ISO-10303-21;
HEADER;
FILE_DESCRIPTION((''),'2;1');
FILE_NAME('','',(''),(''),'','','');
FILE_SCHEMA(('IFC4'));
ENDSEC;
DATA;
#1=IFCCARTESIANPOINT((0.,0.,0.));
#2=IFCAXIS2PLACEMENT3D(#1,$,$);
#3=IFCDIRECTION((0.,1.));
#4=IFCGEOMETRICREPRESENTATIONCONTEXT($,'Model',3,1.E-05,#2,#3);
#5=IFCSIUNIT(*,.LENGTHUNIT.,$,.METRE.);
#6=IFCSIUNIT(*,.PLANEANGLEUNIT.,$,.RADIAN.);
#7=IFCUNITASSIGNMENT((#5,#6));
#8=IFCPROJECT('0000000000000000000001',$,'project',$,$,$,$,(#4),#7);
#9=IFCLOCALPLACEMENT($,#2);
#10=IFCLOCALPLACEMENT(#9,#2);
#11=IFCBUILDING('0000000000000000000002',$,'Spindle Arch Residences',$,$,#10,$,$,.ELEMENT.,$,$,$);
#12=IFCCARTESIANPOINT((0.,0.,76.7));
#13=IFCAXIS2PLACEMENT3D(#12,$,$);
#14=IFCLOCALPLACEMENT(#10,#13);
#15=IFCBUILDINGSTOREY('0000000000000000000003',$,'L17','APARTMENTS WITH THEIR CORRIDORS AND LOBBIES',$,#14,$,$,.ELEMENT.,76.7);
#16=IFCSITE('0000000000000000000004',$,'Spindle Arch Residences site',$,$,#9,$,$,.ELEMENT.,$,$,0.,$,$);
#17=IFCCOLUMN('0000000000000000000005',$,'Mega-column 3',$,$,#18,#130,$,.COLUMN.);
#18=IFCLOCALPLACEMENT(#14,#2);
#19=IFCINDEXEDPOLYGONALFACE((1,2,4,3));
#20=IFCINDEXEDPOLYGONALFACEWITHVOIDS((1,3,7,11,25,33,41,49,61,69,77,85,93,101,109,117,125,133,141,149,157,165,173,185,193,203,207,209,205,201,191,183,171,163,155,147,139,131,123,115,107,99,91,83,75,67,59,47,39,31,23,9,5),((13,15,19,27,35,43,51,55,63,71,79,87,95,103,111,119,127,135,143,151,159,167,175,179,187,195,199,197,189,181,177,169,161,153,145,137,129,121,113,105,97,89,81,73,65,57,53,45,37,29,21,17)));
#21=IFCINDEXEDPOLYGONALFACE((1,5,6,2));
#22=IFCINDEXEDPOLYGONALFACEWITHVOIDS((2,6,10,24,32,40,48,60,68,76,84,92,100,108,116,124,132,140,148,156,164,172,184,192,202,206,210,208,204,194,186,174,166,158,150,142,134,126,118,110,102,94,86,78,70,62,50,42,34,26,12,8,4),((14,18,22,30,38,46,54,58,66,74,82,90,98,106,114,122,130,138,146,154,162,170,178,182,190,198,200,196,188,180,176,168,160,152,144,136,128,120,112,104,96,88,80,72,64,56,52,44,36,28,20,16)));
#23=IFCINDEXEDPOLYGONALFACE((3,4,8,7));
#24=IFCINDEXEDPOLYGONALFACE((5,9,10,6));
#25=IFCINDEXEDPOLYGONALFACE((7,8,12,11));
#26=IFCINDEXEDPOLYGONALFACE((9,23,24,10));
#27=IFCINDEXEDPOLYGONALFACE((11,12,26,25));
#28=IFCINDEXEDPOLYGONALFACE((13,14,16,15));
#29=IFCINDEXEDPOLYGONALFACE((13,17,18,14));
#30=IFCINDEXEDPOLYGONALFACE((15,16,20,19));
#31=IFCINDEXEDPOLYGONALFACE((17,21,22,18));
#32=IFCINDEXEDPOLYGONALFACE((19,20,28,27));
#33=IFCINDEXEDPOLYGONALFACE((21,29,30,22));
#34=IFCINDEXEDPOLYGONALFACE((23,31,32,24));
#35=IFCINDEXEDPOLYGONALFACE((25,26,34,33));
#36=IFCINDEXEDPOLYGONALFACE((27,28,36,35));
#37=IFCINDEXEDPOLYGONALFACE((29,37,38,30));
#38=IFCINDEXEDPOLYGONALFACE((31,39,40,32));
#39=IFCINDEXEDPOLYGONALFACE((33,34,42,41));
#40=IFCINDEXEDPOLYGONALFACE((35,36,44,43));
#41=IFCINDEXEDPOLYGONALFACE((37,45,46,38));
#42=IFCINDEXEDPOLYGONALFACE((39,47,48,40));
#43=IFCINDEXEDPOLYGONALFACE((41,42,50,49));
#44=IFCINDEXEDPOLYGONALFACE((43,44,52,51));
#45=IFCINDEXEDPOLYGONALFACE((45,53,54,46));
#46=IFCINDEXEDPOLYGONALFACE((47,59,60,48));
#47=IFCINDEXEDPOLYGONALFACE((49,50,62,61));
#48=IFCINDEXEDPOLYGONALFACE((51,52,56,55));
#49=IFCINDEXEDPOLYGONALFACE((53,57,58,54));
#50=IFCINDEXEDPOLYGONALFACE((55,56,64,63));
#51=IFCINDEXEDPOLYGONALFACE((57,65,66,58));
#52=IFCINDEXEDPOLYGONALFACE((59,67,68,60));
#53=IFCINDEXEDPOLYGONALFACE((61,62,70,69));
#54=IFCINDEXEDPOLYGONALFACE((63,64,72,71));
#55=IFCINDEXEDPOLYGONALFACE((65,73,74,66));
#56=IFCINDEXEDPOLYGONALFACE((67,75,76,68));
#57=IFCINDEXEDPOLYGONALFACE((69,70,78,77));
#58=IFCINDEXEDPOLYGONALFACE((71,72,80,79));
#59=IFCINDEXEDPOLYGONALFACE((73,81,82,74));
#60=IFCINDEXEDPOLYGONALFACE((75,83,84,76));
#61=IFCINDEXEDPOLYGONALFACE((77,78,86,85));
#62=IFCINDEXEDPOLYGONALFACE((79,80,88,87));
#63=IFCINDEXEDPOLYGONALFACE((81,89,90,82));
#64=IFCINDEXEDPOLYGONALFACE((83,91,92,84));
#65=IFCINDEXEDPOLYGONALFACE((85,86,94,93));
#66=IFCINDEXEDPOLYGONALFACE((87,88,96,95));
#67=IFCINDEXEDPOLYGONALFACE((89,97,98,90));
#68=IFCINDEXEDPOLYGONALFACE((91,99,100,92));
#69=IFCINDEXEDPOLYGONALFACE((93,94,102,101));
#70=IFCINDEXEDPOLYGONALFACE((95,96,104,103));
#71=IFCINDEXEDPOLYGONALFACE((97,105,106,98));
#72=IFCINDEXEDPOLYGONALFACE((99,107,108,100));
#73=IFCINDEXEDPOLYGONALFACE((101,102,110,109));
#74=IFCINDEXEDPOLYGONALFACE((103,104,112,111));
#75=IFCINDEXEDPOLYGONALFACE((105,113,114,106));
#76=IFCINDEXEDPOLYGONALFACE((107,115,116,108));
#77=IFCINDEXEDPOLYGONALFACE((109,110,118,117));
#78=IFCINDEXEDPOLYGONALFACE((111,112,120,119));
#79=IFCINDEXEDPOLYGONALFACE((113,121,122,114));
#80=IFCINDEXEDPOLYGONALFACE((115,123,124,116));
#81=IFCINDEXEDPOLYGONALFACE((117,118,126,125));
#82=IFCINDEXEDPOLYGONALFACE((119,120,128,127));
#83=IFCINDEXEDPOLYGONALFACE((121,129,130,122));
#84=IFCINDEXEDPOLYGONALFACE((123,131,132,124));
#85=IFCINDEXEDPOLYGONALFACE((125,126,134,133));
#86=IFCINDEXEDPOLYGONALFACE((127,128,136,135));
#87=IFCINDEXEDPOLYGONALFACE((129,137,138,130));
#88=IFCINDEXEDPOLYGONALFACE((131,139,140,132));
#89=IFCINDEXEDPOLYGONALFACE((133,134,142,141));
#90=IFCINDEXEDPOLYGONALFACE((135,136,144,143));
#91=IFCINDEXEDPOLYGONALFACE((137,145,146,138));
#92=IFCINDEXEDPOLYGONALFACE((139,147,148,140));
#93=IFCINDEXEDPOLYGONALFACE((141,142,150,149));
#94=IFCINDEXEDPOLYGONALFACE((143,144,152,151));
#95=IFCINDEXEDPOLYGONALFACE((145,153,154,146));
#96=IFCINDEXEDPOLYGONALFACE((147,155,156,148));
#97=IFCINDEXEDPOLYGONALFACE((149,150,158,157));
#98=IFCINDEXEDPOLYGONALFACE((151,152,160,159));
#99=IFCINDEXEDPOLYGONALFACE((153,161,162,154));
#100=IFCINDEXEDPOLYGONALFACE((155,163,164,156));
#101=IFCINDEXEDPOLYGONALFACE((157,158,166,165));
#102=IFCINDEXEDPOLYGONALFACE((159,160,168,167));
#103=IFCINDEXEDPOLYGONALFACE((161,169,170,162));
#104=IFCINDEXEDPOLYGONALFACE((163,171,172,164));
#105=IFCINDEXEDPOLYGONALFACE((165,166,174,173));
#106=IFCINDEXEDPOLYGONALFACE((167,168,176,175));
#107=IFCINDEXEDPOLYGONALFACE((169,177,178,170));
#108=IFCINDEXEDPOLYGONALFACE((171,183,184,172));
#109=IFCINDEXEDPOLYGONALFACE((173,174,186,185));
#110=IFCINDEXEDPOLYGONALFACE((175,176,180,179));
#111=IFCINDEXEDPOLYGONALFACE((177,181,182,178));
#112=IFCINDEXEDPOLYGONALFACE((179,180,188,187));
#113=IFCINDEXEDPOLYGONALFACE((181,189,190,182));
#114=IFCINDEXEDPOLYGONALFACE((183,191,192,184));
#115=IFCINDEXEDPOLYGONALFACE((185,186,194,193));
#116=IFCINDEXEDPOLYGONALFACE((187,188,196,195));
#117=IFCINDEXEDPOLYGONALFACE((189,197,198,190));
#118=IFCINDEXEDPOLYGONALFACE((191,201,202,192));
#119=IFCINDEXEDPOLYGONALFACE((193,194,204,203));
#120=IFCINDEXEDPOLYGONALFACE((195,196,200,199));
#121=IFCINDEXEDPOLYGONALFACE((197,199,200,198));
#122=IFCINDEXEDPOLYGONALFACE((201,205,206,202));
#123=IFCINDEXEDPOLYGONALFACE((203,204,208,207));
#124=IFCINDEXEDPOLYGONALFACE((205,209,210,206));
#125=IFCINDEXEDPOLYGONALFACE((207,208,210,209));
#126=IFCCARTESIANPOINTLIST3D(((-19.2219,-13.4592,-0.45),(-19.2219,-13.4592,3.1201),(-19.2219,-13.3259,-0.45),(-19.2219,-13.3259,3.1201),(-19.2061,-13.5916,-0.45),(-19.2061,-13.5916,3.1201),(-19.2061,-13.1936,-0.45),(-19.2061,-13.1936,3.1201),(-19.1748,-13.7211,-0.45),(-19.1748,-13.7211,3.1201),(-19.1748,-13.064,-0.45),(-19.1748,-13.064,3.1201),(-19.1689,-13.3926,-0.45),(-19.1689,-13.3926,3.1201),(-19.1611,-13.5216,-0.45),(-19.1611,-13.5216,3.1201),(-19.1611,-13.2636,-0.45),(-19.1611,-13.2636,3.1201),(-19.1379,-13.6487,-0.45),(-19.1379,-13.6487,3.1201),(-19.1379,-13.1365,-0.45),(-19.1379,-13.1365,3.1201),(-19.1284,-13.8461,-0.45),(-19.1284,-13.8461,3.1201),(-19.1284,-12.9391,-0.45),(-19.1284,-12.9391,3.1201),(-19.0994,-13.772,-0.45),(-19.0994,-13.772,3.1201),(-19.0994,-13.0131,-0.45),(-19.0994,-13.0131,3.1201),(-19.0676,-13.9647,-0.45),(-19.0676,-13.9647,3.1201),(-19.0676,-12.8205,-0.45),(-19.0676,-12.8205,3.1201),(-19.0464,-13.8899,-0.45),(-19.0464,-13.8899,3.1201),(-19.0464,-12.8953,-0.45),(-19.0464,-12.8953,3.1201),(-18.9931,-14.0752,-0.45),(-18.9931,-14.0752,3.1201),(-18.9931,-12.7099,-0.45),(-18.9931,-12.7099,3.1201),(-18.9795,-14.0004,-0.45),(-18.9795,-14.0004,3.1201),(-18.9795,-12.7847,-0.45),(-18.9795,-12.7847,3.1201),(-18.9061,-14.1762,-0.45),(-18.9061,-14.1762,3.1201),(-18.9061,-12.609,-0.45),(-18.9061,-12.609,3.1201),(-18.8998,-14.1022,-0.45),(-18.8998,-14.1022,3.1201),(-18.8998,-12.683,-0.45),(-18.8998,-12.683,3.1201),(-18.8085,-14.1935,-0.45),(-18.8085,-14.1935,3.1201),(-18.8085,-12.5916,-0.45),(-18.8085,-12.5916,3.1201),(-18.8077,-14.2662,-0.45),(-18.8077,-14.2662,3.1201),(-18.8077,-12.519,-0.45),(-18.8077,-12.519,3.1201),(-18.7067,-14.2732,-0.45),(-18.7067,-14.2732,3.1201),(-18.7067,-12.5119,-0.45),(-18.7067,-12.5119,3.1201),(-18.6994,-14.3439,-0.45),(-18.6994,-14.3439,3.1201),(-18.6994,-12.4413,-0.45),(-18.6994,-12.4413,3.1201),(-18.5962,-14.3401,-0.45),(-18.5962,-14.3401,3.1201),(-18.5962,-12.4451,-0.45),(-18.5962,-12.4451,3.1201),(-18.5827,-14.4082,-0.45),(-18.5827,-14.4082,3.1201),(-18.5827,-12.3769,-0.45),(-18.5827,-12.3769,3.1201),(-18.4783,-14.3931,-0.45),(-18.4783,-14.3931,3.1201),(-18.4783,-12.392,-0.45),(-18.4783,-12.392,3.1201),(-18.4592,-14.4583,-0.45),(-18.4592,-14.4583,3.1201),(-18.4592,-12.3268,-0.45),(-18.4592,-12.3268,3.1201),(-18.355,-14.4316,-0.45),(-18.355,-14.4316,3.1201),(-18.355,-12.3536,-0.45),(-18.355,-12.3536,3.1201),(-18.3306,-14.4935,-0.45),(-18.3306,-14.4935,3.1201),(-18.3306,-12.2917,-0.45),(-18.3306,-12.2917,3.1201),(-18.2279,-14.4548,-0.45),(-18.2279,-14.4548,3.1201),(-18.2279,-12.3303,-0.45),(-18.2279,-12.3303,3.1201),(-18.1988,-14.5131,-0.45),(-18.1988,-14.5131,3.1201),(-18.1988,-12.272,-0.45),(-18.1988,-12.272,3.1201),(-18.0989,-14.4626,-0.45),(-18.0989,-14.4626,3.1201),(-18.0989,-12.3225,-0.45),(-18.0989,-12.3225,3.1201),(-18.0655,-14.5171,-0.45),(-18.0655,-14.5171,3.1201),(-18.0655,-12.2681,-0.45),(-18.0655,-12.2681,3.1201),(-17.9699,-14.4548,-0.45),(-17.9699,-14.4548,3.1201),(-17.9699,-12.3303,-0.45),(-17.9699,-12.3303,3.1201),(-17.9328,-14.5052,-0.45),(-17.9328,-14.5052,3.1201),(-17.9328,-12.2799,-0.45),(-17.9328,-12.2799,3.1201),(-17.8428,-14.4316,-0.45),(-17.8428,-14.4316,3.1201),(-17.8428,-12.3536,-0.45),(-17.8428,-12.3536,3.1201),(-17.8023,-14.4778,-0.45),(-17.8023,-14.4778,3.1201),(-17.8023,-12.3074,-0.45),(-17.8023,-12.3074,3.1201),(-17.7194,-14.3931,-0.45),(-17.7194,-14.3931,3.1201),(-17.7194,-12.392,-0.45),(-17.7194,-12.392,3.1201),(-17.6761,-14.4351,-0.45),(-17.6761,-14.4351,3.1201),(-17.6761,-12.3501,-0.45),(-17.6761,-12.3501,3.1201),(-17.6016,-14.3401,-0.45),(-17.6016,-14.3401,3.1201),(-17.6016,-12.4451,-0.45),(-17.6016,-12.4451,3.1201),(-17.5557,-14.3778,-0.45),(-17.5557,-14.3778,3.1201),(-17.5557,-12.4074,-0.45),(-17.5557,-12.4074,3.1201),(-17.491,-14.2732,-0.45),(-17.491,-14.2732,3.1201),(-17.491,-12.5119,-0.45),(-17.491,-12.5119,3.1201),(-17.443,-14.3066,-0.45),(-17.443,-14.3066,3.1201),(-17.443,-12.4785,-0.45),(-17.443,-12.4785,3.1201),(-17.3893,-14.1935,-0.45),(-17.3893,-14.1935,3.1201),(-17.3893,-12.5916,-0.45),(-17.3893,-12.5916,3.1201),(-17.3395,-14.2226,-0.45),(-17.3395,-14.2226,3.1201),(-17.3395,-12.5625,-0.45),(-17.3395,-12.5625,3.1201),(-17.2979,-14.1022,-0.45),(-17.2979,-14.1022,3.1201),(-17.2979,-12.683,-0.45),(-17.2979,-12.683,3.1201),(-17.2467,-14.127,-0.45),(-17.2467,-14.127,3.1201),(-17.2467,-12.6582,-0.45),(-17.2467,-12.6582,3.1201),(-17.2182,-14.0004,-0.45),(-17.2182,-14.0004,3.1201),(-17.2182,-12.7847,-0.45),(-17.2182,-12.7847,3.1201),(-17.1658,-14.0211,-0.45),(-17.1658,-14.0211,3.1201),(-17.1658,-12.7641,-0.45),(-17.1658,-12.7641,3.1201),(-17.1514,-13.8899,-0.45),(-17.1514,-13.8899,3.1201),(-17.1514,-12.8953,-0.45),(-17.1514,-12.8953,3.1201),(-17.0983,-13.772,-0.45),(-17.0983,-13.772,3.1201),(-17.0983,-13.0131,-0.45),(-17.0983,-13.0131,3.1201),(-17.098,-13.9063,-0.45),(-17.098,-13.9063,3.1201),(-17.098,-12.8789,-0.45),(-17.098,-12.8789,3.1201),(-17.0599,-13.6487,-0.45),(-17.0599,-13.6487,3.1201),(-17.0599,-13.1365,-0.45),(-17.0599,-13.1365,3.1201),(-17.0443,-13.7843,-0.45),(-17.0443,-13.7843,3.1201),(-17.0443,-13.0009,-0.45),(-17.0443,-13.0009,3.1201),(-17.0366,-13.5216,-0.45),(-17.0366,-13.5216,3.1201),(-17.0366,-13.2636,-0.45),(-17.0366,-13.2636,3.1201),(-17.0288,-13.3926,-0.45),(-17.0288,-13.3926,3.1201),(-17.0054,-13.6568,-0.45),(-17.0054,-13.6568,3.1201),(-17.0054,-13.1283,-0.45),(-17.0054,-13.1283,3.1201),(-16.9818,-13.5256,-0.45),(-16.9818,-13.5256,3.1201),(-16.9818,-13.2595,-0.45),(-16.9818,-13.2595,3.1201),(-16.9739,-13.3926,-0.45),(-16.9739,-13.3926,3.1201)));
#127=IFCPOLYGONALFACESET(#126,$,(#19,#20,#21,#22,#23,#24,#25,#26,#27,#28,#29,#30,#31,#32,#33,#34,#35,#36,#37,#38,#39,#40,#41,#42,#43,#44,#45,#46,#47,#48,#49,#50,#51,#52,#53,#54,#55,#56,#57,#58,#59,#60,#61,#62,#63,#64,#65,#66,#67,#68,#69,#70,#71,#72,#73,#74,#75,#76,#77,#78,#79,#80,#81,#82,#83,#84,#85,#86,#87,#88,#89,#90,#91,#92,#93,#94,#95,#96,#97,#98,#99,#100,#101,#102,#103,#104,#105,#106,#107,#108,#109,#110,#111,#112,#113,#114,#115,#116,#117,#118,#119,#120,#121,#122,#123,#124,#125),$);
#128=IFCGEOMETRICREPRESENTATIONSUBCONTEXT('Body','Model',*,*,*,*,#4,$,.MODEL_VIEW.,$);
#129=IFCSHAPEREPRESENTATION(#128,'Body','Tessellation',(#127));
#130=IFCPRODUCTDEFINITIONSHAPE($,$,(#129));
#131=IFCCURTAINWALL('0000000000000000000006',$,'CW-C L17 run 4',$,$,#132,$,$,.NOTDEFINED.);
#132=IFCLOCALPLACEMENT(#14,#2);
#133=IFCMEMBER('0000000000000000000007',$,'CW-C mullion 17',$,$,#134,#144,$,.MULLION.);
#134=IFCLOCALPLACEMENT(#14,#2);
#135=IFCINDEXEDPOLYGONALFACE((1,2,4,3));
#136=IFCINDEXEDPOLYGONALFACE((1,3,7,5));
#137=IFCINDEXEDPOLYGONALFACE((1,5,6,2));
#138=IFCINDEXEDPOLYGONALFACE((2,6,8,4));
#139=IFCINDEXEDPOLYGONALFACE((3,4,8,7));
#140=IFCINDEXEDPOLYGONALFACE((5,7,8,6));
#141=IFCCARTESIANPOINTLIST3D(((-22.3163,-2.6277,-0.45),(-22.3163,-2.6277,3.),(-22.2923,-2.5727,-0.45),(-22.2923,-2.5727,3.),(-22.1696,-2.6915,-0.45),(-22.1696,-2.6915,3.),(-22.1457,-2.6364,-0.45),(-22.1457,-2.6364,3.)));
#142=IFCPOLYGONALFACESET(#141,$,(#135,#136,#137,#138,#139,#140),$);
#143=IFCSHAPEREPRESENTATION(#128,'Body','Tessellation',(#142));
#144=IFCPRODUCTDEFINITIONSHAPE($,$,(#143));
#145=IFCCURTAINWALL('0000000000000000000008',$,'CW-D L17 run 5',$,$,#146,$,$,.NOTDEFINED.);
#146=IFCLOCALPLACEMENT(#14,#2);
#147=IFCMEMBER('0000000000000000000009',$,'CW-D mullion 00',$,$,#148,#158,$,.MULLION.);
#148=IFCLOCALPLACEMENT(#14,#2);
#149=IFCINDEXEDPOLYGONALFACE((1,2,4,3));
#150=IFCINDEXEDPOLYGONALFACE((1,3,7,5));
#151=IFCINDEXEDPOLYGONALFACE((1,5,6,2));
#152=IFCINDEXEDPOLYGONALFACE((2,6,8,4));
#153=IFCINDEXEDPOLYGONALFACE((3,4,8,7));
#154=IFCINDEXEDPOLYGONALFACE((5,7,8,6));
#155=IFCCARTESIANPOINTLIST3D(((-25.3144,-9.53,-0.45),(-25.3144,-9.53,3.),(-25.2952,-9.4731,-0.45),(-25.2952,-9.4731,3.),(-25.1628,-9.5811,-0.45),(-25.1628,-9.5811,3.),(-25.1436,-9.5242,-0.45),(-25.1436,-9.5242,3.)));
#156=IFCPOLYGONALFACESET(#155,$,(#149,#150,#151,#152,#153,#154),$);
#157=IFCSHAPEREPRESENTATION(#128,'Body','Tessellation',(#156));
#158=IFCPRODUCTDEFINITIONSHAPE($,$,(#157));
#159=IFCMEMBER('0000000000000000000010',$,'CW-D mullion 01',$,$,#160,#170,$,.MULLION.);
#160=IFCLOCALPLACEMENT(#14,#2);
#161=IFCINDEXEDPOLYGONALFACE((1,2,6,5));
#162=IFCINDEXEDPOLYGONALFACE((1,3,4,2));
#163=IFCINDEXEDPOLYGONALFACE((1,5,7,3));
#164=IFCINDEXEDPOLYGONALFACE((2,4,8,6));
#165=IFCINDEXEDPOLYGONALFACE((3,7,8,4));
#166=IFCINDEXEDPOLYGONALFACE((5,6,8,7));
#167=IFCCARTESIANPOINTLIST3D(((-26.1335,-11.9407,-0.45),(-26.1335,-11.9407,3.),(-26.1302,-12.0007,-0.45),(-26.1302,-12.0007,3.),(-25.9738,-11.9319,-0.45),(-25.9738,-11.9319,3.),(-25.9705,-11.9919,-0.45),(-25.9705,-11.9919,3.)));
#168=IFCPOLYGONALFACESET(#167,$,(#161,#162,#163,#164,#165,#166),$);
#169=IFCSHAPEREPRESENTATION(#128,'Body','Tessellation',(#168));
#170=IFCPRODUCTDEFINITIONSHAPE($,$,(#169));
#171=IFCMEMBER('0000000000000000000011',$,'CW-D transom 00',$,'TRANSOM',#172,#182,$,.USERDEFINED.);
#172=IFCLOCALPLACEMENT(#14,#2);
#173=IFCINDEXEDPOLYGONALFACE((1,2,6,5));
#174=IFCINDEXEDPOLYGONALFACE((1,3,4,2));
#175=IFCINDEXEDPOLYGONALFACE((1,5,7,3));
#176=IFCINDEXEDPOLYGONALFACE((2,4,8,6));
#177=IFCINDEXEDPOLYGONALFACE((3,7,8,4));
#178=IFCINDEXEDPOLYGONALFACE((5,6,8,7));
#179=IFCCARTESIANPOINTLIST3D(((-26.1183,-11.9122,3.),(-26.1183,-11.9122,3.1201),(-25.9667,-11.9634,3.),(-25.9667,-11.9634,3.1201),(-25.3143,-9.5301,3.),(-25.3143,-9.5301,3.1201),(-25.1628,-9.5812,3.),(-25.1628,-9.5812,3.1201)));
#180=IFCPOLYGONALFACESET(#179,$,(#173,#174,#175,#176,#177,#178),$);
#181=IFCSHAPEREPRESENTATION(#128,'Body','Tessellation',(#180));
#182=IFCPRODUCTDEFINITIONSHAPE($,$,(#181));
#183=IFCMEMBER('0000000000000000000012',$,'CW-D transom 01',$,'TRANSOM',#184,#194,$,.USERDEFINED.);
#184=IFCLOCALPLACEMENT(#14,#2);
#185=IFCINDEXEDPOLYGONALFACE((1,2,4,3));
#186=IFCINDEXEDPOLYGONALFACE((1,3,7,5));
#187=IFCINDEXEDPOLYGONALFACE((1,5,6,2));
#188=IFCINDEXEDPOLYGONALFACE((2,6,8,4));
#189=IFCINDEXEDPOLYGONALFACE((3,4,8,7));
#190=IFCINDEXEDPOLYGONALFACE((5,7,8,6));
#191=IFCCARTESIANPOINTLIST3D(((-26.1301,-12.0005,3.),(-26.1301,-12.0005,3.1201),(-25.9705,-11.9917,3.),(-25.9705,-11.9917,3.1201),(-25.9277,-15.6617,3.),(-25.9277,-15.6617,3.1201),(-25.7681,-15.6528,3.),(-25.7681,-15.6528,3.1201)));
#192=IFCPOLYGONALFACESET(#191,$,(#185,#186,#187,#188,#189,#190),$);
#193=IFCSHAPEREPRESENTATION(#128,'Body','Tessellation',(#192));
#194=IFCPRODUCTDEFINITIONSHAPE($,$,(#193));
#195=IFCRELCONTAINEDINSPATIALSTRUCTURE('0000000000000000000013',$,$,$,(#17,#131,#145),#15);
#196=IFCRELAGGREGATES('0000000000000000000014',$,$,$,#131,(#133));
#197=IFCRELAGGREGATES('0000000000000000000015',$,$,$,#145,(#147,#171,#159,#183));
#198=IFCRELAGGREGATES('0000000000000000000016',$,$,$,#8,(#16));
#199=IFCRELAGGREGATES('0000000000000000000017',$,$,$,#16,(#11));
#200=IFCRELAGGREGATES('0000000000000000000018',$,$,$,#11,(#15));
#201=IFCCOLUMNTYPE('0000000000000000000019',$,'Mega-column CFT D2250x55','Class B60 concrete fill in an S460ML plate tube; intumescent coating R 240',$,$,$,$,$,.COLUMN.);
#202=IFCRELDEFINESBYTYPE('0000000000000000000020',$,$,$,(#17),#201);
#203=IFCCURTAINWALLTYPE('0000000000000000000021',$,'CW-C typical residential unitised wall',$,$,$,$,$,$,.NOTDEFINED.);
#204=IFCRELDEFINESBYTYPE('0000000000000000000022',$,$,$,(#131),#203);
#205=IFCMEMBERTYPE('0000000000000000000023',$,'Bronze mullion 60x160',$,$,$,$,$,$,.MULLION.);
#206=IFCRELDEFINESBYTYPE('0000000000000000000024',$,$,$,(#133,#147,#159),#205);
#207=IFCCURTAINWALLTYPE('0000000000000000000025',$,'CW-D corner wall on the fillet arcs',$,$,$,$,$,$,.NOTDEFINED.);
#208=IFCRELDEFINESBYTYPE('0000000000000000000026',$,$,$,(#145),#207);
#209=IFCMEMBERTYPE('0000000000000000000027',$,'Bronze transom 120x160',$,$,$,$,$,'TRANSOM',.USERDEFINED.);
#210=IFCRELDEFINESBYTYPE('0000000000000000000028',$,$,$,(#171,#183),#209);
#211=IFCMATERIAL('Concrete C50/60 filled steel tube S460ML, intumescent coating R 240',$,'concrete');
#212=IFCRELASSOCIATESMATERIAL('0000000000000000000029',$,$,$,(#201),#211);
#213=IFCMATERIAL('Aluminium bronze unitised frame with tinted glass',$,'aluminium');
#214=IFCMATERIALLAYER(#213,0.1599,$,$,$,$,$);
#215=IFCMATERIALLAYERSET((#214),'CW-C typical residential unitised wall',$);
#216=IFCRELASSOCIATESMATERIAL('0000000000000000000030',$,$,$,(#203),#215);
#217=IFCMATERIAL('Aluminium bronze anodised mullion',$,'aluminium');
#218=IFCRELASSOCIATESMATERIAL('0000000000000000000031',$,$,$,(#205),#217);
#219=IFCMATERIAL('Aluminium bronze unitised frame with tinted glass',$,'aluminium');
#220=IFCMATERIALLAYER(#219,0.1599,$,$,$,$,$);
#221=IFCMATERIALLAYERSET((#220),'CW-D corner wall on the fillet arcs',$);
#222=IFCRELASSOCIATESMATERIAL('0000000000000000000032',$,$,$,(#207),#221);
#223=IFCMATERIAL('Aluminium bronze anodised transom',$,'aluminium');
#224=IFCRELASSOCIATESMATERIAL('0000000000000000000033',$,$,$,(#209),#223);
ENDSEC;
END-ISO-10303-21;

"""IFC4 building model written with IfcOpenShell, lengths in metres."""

from ifc_helpers import new_model, si_unit, direction, frame, origin, origin_2d, place, context, subcontext, project, spatial, rectangle, hollow_circle, extrude, material, layer, layer_set, material_profile, profile_set, type_object, element, aggregate, save


model = new_model("IFC4")

# Units and contexts
model_context = context("Model", 3, precision=1e-05, world=origin(), true_north=direction((0.0, 1.0)))
body_context = subcontext(model_context, "Body", "Model", "MODEL_VIEW")
ifc_project = project(units=[si_unit("LENGTHUNIT", "METRE"), si_unit("PLANEANGLEUNIT", "RADIAN")], contexts=[model_context])

# Site, building, storey
site_placement = place(None, origin())
site = spatial("IfcSite", under=ifc_project, at=site_placement, Name="Spindle Arch Residences site", CompositionType="ELEMENT", RefElevation=0.0)
building_placement = place(site_placement, origin())
building = spatial("IfcBuilding", under=site, at=building_placement, Name="Spindle Arch Residences", CompositionType="ELEMENT")
storey_placement = place(building_placement, frame((0.0, 0.0, 76.7)))
storey = spatial("IfcBuildingStorey", under=building, at=storey_placement, Name="L17", Description="APARTMENTS WITH THEIR CORRIDORS AND LOBBIES", CompositionType="ELEMENT", Elevation=76.7)

# Column
ifc_material_1 = material(Name="Concrete C50/60 filled steel tube S460ML, intumescent coating R 240", Category="concrete")
ifc_material_profile_1 = material_profile(ifc_material_1, hollow_circle(Radius=1.125, WallThickness=0.0549, at=origin_2d()), Name="CFT D2250x55")
ifc_profile_set_1 = profile_set([ifc_material_profile_1], Name="Concrete C50/60 filled steel tube S460ML, intumescent coating R 240")
column_type_1 = type_object("IfcColumnType", Name="Mega-column CFT D2250x55", Description="Class B60 concrete fill in an S460ML plate tube; intumescent coating R 240", PredefinedType="COLUMN", material=ifc_profile_set_1)
column_placement = place(storey_placement, frame((-18.0989, -13.3926, -0.45), z_axis=(0.0, 0.0, 1.0), x_axis=(1.0, 0.0, 0.0)))
element("IfcColumn", 1, at=column_placement, inside=storey, type_object=column_type_1, Name="Mega-column 3", PredefinedType="COLUMN", context=body_context, shape_type="SweptSolid", body=[
    extrude(hollow_circle(Radius=1.125, WallThickness=0.0549, at=origin_2d()), origin(), (0.0, 0.0, 1.0), 3.5701),
])

# Curtain wall, member
ifc_material_2 = material(Name="Aluminium bronze unitised frame with tinted glass", Category="aluminium")
ifc_layer_1 = layer(ifc_material_2, 0.1599)
ifc_layer_set_1 = layer_set([ifc_layer_1], Name="CW-C typical residential unitised wall")
curtain_wall_type_1 = type_object("IfcCurtainWallType", Name="CW-C typical residential unitised wall", PredefinedType="NOTDEFINED", material=ifc_layer_set_1)
curtain_wall_1_placement = place(storey_placement, origin())
curtain_wall_1 = element("IfcCurtainWall", 2, at=curtain_wall_1_placement, inside=storey, type_object=curtain_wall_type_1, Name="CW-C L17 run 4", PredefinedType="NOTDEFINED")
ifc_material_3 = material(Name="Aluminium bronze anodised mullion", Category="aluminium")
ifc_material_profile_2 = material_profile(ifc_material_3, rectangle(XDim=0.1599, YDim=0.0601, at=origin_2d()), Name="MU 60x160")
ifc_profile_set_2 = profile_set([ifc_material_profile_2], Name="Aluminium bronze anodised mullion")
member_type_1 = type_object("IfcMemberType", Name="Bronze mullion 60x160", PredefinedType="MULLION", material=ifc_profile_set_2)
member_1_placement = place(storey_placement, frame((-22.231, -2.6321, -0.45), z_axis=(0.0, 0.0, 1.0), x_axis=(0.91706, -0.398749, 0.0)))
member_1 = element("IfcMember", 3, at=member_1_placement, type_object=member_type_1, Name="CW-C mullion 17", PredefinedType="MULLION", context=body_context, shape_type="SweptSolid", body=[
    extrude(rectangle(XDim=0.1599, YDim=0.0601, at=origin_2d()), origin(), (0.0, 0.0, 1.0), 3.45),
])

# Curtain wall, members
ifc_material_4 = material(Name="Aluminium bronze unitised frame with tinted glass", Category="aluminium")
ifc_layer_2 = layer(ifc_material_4, 0.1599)
ifc_layer_set_2 = layer_set([ifc_layer_2], Name="CW-D corner wall on the fillet arcs")
curtain_wall_type_2 = type_object("IfcCurtainWallType", Name="CW-D corner wall on the fillet arcs", PredefinedType="NOTDEFINED", material=ifc_layer_set_2)
curtain_wall_2_placement = place(storey_placement, origin())
curtain_wall_2 = element("IfcCurtainWall", 4, at=curtain_wall_2_placement, inside=storey, type_object=curtain_wall_type_2, Name="CW-D L17 run 5", PredefinedType="NOTDEFINED")
member_2_placement = place(storey_placement, frame((-25.229, -9.5271, -0.45), z_axis=(0.0, 0.0, 1.0), x_axis=(0.94751, -0.319727, 0.0)))
member_2 = element("IfcMember", 5, at=member_2_placement, type_object=member_type_1, Name="CW-D mullion 00", PredefinedType="MULLION", context=body_context, shape_type="SweptSolid", body=[
    extrude(rectangle(XDim=0.1599, YDim=0.0601, at=origin_2d()), origin(), (0.0, 0.0, 1.0), 3.45),
])
member_3_placement = place(storey_placement, frame((-26.052, -11.9663, -0.45), z_axis=(0.0, 0.0, 1.0), x_axis=(0.998473, 0.055241, 0.0)))
member_3 = element("IfcMember", 6, at=member_3_placement, type_object=member_type_1, Name="CW-D mullion 01", PredefinedType="MULLION", context=body_context, shape_type="SweptSolid", body=[
    extrude(rectangle(XDim=0.1599, YDim=0.0601, at=origin_2d()), origin(), (0.0, 0.0, 1.0), 3.45),
])
ifc_material_5 = material(Name="Aluminium bronze anodised transom", Category="aluminium")
ifc_material_profile_3 = material_profile(ifc_material_5, rectangle(XDim=0.1599, YDim=0.1201, at=origin_2d()), Name="TR 120x160")
ifc_profile_set_3 = profile_set([ifc_material_profile_3], Name="Aluminium bronze anodised transom")
member_type_2 = type_object("IfcMemberType", Name="Bronze transom 120x160", ElementType="TRANSOM", PredefinedType="USERDEFINED", material=ifc_profile_set_3)
member_4_placement = place(storey_placement, frame((-25.2385, -9.5557, 3.0601), z_axis=(-0.31978, -0.947492, 0.0), x_axis=(0.947492, -0.31978, 0.0)))
member_4 = element("IfcMember", 7, at=member_4_placement, type_object=member_type_2, Name="CW-D transom 00", ObjectType="TRANSOM", PredefinedType="USERDEFINED", context=body_context, shape_type="SweptSolid", body=[
    extrude(rectangle(XDim=0.1599, YDim=0.1201, at=origin_2d()), origin(), (0.0, 0.0, 1.0), 2.5142),
])
member_5_placement = place(storey_placement, frame((-26.0503, -11.9961, 3.0601), z_axis=(0.055197, -0.998475, 0.0), x_axis=(0.998475, 0.055197, 0.0)))
member_5 = element("IfcMember", 8, at=member_5_placement, type_object=member_type_2, Name="CW-D transom 01", ObjectType="TRANSOM", PredefinedType="USERDEFINED", context=body_context, shape_type="SweptSolid", body=[
    extrude(rectangle(XDim=0.1599, YDim=0.1201, at=origin_2d()), origin(), (0.0, 0.0, 1.0), 3.6667),
])

aggregate(curtain_wall_1, [member_1])
aggregate(curtain_wall_2, [member_2, member_4, member_3, member_5])

save(model, "model.ifc")
